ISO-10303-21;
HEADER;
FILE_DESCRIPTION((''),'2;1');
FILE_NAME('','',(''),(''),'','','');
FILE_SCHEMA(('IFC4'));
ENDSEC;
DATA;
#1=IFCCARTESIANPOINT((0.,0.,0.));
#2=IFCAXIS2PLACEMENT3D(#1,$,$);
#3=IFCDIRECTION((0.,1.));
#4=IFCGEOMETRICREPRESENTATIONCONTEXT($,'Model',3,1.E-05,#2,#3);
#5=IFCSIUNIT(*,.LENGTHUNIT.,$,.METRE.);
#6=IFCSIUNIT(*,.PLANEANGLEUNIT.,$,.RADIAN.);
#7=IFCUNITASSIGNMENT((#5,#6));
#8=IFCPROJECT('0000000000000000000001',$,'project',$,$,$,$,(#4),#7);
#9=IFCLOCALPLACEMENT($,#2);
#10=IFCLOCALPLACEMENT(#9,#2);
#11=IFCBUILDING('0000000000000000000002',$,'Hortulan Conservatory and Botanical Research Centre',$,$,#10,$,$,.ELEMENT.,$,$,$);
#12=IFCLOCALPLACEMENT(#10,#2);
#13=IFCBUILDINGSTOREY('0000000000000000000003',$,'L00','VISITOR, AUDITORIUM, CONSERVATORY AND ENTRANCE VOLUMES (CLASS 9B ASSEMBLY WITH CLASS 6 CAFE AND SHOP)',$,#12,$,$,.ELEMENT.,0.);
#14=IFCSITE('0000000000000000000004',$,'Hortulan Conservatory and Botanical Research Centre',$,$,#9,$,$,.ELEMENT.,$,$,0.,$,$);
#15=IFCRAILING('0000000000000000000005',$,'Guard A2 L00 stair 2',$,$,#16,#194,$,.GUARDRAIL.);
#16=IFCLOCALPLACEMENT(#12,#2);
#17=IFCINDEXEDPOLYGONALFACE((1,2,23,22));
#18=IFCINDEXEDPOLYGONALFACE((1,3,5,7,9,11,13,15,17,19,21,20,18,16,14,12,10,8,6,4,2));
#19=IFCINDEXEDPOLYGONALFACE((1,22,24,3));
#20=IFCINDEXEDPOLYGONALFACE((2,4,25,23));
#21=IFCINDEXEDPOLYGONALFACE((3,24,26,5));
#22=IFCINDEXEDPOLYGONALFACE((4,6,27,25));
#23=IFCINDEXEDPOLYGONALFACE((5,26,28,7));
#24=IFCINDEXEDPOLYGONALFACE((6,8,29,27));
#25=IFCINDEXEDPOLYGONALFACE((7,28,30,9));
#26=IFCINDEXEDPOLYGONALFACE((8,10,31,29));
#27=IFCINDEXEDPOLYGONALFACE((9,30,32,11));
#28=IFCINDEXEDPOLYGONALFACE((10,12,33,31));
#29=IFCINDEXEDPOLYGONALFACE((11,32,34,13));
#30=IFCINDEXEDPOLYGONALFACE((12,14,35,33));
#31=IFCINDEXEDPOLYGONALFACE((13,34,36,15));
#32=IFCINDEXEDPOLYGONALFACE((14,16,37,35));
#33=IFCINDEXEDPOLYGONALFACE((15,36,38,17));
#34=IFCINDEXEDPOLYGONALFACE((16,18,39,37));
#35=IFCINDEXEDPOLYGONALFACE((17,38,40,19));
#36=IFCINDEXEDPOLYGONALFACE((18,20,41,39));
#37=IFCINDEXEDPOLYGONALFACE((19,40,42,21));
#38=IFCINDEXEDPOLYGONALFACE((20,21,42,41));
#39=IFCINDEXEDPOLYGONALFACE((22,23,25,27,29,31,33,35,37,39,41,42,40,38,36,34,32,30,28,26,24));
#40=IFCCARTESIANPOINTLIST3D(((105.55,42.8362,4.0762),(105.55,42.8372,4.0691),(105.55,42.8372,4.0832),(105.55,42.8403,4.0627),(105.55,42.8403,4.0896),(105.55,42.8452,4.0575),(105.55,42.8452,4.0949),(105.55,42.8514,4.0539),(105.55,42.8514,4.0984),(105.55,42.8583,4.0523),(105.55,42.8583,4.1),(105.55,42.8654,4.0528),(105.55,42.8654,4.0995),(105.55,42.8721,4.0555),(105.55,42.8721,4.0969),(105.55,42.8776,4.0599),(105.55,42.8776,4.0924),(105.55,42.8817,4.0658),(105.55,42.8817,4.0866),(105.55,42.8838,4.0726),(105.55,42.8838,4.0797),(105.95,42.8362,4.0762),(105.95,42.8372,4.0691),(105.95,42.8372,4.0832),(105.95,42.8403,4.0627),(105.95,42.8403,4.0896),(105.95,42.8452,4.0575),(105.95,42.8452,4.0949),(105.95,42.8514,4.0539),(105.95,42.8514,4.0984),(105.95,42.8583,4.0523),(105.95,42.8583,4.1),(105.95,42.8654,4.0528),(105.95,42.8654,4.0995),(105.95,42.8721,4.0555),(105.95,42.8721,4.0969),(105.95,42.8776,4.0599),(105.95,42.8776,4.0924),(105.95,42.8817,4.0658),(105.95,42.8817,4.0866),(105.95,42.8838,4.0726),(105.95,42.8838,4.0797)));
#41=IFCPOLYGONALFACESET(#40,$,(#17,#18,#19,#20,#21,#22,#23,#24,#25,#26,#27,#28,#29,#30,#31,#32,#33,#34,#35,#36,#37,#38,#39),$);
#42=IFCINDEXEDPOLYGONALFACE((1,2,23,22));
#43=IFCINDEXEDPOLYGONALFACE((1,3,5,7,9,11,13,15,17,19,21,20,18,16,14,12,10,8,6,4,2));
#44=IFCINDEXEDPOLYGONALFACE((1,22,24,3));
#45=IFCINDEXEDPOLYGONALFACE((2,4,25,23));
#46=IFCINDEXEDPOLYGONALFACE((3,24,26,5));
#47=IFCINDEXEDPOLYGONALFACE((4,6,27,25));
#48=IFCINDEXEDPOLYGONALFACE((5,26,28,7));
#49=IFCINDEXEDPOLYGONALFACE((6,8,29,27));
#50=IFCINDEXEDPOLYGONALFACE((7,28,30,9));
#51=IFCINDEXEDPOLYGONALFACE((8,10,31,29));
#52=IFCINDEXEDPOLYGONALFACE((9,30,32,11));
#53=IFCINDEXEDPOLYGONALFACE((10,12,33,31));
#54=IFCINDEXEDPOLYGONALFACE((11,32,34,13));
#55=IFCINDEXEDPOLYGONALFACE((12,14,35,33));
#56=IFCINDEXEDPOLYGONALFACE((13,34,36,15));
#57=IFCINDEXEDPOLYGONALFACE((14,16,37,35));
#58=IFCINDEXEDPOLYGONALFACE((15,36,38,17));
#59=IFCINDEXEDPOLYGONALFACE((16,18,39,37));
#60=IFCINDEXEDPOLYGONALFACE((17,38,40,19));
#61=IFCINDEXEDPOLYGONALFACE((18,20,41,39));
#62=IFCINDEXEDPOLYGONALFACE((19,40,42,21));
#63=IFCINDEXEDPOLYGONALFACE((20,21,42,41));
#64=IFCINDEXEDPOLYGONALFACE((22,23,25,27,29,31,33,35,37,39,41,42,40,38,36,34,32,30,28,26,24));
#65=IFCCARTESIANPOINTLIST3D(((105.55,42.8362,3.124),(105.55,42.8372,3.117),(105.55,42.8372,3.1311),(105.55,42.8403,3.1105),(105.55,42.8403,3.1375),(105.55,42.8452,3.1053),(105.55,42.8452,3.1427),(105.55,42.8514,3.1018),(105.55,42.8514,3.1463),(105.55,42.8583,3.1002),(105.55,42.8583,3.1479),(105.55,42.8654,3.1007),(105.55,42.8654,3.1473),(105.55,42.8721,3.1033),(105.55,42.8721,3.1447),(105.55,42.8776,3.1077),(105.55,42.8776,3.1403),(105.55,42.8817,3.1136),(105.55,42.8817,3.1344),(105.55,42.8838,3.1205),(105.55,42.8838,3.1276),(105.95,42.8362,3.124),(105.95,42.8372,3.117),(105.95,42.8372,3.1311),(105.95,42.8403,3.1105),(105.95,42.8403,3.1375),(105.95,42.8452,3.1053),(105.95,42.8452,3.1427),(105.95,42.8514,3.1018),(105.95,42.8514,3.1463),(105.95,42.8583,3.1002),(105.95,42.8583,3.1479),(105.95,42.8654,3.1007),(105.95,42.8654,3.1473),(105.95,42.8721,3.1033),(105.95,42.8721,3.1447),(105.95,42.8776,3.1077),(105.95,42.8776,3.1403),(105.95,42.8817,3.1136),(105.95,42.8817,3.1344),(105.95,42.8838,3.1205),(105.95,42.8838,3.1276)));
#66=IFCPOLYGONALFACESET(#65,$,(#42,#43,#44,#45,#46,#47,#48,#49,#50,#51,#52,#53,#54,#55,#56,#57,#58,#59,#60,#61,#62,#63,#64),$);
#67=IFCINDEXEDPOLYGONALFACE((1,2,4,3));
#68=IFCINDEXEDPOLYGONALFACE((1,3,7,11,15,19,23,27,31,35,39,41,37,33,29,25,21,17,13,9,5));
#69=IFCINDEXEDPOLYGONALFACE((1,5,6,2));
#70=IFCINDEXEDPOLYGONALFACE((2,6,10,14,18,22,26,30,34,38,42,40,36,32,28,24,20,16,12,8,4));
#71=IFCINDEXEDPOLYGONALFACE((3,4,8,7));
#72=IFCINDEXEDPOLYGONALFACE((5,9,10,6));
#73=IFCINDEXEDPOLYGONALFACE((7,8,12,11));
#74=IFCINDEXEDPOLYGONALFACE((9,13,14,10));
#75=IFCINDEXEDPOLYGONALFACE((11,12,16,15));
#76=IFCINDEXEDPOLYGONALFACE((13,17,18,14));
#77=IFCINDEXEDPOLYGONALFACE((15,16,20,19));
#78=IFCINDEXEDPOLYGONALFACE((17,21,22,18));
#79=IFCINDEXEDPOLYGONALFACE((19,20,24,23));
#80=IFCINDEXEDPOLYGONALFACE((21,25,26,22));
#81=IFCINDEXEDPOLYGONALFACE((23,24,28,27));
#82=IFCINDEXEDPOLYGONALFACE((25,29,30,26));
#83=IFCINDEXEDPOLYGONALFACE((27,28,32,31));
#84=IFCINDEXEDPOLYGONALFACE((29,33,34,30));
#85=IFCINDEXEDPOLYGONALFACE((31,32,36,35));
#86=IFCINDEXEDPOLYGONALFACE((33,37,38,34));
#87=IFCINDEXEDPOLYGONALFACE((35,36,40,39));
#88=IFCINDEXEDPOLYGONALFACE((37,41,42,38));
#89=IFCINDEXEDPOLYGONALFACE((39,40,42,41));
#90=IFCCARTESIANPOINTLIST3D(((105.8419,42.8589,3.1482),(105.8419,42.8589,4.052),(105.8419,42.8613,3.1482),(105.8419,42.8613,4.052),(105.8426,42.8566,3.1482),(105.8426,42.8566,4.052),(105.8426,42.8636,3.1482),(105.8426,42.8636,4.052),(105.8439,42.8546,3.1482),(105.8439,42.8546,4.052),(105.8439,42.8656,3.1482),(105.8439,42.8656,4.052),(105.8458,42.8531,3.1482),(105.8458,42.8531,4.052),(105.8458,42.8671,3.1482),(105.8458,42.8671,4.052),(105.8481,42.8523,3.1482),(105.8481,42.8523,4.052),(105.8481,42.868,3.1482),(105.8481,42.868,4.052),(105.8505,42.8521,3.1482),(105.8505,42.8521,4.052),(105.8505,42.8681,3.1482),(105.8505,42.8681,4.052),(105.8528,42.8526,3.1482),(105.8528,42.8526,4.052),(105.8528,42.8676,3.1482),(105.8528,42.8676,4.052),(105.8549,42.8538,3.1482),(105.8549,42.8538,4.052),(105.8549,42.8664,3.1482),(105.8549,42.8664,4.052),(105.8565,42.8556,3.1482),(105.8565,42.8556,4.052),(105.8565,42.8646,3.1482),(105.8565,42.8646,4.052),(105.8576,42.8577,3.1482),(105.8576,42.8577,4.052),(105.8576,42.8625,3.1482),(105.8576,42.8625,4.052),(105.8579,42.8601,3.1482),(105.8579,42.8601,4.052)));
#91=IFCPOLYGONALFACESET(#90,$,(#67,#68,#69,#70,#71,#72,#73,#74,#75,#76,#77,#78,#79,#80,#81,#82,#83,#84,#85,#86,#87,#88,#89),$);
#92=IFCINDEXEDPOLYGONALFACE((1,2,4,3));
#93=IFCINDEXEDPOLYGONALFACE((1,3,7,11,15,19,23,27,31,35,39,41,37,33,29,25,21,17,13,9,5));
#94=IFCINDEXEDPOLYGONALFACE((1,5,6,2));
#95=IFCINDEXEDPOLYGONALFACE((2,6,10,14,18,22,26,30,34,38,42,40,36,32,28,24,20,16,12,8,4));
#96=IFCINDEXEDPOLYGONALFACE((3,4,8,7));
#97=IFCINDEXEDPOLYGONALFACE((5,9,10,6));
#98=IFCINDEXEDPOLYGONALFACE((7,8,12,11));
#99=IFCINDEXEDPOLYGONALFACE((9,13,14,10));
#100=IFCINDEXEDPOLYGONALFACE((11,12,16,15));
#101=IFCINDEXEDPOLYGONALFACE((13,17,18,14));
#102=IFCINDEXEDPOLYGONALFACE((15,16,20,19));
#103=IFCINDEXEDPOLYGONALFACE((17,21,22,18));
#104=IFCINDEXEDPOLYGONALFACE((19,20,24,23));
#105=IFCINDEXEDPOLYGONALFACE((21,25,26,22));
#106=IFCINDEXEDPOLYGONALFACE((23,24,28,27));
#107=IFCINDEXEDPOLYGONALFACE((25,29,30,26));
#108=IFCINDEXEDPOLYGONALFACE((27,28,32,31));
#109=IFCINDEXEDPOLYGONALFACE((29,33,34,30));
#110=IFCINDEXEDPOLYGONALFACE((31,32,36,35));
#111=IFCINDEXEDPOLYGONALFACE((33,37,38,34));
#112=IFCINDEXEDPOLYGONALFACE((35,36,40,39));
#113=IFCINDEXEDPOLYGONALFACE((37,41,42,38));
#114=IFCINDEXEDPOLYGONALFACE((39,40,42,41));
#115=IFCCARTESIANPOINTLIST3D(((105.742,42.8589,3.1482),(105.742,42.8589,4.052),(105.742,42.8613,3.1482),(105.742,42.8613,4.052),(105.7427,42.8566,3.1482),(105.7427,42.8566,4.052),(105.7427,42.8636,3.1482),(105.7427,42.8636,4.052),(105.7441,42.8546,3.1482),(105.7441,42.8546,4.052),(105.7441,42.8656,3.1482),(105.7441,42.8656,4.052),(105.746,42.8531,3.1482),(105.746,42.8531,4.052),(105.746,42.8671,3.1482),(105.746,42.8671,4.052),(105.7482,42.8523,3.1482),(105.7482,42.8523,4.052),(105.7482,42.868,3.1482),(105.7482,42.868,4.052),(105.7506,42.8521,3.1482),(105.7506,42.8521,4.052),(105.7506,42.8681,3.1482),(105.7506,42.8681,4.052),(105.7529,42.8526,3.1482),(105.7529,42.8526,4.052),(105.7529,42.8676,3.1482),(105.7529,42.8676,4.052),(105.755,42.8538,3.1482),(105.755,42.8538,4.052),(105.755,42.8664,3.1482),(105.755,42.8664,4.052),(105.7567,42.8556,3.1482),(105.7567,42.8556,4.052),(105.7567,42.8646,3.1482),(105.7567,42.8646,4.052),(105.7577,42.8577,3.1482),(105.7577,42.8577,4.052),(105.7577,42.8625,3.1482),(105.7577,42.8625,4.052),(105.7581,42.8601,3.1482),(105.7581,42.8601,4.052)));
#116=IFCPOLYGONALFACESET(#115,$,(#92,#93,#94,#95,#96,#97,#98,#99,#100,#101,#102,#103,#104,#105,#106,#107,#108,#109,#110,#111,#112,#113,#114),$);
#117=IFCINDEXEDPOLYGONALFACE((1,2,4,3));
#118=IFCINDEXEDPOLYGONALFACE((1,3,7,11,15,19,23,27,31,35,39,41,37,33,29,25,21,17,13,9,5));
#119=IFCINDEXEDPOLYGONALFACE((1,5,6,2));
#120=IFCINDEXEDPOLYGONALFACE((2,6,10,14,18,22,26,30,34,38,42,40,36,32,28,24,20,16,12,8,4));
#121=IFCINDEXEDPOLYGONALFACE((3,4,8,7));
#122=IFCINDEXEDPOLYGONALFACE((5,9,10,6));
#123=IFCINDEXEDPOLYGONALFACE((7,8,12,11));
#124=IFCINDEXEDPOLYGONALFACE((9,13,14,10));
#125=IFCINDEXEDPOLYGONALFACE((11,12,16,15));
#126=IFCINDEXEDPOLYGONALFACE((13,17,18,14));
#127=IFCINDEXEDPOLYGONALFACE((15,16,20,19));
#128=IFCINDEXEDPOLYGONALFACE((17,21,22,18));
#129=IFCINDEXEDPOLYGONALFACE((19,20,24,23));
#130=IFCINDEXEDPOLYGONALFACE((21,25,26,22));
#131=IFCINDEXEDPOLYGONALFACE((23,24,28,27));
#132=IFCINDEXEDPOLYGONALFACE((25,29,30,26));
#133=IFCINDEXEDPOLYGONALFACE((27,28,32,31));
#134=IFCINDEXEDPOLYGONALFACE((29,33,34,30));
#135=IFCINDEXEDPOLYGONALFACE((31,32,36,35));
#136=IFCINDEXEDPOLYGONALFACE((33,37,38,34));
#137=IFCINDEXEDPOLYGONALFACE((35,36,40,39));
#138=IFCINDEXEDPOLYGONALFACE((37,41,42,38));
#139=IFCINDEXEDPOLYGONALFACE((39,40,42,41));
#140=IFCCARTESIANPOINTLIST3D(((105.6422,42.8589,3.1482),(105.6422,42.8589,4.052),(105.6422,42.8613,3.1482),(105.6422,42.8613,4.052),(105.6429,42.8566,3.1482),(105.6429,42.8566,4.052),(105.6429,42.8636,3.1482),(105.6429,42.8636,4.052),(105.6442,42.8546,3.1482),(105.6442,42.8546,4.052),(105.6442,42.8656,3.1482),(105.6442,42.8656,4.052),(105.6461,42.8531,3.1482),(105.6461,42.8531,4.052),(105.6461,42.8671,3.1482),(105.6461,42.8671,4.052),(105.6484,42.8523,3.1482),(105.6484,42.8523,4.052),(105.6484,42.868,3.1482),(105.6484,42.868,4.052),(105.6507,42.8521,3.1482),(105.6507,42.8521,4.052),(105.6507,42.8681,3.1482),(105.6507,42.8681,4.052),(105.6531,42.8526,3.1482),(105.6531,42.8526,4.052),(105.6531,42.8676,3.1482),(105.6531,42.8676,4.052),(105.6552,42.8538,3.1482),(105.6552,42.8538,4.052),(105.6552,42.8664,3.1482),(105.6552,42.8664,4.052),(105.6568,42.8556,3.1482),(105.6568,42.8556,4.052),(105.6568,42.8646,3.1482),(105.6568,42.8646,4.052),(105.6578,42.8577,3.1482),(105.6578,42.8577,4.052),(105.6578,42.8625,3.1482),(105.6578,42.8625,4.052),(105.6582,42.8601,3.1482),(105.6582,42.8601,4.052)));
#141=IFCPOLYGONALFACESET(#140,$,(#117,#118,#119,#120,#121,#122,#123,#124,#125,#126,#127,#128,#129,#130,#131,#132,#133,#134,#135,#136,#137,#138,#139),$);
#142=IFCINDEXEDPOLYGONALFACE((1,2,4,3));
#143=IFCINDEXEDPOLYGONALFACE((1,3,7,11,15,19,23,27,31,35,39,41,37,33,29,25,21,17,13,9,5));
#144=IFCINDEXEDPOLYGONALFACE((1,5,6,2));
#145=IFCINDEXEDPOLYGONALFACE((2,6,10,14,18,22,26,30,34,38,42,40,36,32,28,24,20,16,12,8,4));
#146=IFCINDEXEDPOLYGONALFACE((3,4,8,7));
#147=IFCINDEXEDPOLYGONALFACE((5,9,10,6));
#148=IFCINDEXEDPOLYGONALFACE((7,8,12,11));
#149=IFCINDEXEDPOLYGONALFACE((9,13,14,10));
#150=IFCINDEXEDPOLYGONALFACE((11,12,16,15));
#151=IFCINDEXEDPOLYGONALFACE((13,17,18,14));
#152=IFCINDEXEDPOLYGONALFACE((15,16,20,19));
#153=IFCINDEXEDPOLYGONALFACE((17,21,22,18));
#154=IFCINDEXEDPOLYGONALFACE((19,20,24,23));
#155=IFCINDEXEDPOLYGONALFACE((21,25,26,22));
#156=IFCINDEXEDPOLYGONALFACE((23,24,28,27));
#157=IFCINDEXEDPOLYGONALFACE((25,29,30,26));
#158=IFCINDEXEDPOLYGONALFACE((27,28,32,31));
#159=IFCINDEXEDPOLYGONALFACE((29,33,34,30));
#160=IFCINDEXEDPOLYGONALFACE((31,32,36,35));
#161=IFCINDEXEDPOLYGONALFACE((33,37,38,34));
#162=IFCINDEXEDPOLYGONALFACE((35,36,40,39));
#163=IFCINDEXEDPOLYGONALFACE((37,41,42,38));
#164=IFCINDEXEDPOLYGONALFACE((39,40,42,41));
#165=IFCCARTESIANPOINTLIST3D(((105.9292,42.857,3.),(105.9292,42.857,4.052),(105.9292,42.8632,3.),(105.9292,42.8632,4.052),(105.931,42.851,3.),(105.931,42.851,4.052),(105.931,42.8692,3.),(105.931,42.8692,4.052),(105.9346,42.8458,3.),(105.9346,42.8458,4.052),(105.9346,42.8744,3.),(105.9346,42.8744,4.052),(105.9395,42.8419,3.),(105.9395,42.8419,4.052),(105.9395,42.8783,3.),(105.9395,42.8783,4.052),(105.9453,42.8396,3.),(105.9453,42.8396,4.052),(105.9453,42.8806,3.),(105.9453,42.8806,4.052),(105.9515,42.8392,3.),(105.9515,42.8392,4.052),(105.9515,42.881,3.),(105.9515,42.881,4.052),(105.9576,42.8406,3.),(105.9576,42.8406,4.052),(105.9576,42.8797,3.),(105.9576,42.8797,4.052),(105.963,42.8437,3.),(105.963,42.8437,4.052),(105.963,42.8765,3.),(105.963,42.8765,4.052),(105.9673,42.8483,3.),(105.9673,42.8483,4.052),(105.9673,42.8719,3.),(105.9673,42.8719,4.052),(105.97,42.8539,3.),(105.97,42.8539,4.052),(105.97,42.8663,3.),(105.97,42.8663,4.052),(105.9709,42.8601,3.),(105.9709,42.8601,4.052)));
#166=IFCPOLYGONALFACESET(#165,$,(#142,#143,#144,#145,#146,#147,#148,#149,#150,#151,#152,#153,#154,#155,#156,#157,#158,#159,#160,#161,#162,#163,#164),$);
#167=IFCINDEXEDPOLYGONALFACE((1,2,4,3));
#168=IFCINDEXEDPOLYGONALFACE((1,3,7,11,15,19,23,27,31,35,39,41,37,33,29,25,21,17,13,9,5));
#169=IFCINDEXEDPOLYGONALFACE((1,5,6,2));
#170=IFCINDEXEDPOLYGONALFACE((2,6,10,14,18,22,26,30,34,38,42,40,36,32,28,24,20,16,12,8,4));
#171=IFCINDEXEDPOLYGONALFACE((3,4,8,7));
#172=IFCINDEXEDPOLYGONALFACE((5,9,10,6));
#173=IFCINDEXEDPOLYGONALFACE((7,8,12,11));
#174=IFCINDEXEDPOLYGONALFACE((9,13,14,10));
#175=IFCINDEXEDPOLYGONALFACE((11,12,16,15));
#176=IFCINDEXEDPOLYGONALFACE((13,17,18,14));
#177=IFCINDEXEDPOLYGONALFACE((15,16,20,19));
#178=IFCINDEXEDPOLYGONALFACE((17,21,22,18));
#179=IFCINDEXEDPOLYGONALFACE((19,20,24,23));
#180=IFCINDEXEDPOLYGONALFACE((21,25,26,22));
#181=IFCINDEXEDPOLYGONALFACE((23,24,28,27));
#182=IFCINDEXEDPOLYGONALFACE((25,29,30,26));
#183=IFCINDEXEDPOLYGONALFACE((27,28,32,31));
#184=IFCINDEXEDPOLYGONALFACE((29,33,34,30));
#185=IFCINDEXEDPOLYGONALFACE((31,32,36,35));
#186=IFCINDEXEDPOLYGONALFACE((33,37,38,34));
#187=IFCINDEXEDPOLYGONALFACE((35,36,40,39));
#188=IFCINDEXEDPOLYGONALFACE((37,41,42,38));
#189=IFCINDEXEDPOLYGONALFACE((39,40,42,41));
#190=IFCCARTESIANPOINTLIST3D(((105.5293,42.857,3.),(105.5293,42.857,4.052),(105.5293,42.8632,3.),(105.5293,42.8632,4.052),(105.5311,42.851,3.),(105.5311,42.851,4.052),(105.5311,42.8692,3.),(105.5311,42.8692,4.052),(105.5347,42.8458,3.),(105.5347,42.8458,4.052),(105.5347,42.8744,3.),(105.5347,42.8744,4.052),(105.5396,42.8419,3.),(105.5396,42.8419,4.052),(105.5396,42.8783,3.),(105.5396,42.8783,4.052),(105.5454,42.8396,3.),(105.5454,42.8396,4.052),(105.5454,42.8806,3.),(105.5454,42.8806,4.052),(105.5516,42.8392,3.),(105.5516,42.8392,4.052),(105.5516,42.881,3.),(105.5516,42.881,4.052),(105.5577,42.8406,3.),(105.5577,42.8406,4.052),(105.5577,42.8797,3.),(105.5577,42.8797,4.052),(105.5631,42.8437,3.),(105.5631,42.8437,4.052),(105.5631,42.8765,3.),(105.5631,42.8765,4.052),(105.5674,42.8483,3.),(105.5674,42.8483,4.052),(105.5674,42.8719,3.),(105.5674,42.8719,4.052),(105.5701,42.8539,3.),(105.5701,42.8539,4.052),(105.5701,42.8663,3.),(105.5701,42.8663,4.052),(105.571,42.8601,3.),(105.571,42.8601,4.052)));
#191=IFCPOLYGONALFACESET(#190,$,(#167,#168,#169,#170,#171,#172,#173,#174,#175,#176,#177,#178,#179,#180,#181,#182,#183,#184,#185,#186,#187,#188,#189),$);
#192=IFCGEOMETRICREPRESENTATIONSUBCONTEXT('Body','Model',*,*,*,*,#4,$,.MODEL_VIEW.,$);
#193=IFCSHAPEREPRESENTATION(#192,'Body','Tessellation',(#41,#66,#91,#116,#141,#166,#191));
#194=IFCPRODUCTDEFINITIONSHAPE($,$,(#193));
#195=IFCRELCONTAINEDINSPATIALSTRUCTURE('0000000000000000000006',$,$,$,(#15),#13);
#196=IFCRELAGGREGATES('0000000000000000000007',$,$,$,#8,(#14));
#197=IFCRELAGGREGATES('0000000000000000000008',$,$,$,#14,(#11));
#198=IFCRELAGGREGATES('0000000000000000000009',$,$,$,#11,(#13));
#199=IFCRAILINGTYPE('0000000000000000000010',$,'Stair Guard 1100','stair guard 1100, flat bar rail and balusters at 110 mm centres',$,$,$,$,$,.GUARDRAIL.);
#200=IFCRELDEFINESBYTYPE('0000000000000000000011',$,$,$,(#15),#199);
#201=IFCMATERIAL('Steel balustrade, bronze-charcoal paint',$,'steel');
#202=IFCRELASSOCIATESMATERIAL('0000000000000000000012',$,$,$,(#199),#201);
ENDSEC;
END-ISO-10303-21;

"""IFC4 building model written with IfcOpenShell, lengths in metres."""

from ifc_helpers import new_model, si_unit, direction, frame, origin, origin_2d, place, context, subcontext, project, spatial, circle, extrude, material, type_object, element, save


model = new_model("IFC4")

# Units and contexts
model_context = context("Model", 3, precision=1e-05, world=origin(), true_north=direction((0.0, 1.0)))
body_context = subcontext(model_context, "Body", "Model", "MODEL_VIEW")
ifc_project = project(units=[si_unit("LENGTHUNIT", "METRE"), si_unit("PLANEANGLEUNIT", "RADIAN")], contexts=[model_context])

# Site, building, storey
site_placement = place(None, origin())
site = spatial("IfcSite", under=ifc_project, at=site_placement, Name="Hortulan Conservatory and Botanical Research Centre", CompositionType="ELEMENT", RefElevation=0.0)
building_placement = place(site_placement, origin())
building = spatial("IfcBuilding", under=site, at=building_placement, Name="Hortulan Conservatory and Botanical Research Centre", CompositionType="ELEMENT")
storey_placement = place(building_placement, origin())
storey = spatial("IfcBuildingStorey", under=building, at=storey_placement, Name="L00", Description="VISITOR, AUDITORIUM, CONSERVATORY AND ENTRANCE VOLUMES (CLASS 9B ASSEMBLY WITH CLASS 6 CAFE AND SHOP)", CompositionType="ELEMENT", Elevation=0.0)

# Railing
ifc_material_1 = material(Name="Steel balustrade, bronze-charcoal paint", Category="steel")
railing_type_1 = type_object("IfcRailingType", Name="Stair Guard 1100", Description="stair guard 1100, flat bar rail and balusters at 110 mm centres", PredefinedType="GUARDRAIL", material=ifc_material_1)
railing_1_placement = place(storey_placement, frame((105.95, 42.8601, 3.0)))
element("IfcRailing", 1, at=railing_1_placement, inside=storey, type_object=railing_type_1, Name="Guard A2 L00 stair 2", PredefinedType="GUARDRAIL", context=body_context, shape_type="SweptSolid", body=[
    extrude(circle(Radius=0.0239, at=origin_2d()), frame((0.0, 0.0, 1.0762), z_axis=(-1.0, 0.0, 0.0), x_axis=(0.0, -1.0, 0.0)), (0.0, 0.0, 1.0), 0.3999),
    extrude(circle(Radius=0.0239, at=origin_2d()), frame((0.0, 0.0, 0.124), z_axis=(-1.0, 0.0, 0.0), x_axis=(0.0, -1.0, 0.0)), (0.0, 0.0, 1.0), 0.3999),
    extrude(circle(Radius=0.0081, at=origin_2d()), frame((-0.1001, 0.0, 0.1482)), (0.0, 0.0, 1.0), 0.9038),
    extrude(circle(Radius=0.0081, at=origin_2d()), frame((-0.2, 0.0, 0.1482)), (0.0, 0.0, 1.0), 0.9038),
    extrude(circle(Radius=0.0081, at=origin_2d()), frame((-0.2998, 0.0, 0.1482)), (0.0, 0.0, 1.0), 0.9038),
    extrude(circle(Radius=0.021, at=origin_2d()), origin(), (0.0, 0.0, 1.0), 1.052),
    extrude(circle(Radius=0.021, at=origin_2d()), frame((-0.3999, 0.0, 0.0)), (0.0, 0.0, 1.0), 1.052),
])

save(model, "model.ifc")
